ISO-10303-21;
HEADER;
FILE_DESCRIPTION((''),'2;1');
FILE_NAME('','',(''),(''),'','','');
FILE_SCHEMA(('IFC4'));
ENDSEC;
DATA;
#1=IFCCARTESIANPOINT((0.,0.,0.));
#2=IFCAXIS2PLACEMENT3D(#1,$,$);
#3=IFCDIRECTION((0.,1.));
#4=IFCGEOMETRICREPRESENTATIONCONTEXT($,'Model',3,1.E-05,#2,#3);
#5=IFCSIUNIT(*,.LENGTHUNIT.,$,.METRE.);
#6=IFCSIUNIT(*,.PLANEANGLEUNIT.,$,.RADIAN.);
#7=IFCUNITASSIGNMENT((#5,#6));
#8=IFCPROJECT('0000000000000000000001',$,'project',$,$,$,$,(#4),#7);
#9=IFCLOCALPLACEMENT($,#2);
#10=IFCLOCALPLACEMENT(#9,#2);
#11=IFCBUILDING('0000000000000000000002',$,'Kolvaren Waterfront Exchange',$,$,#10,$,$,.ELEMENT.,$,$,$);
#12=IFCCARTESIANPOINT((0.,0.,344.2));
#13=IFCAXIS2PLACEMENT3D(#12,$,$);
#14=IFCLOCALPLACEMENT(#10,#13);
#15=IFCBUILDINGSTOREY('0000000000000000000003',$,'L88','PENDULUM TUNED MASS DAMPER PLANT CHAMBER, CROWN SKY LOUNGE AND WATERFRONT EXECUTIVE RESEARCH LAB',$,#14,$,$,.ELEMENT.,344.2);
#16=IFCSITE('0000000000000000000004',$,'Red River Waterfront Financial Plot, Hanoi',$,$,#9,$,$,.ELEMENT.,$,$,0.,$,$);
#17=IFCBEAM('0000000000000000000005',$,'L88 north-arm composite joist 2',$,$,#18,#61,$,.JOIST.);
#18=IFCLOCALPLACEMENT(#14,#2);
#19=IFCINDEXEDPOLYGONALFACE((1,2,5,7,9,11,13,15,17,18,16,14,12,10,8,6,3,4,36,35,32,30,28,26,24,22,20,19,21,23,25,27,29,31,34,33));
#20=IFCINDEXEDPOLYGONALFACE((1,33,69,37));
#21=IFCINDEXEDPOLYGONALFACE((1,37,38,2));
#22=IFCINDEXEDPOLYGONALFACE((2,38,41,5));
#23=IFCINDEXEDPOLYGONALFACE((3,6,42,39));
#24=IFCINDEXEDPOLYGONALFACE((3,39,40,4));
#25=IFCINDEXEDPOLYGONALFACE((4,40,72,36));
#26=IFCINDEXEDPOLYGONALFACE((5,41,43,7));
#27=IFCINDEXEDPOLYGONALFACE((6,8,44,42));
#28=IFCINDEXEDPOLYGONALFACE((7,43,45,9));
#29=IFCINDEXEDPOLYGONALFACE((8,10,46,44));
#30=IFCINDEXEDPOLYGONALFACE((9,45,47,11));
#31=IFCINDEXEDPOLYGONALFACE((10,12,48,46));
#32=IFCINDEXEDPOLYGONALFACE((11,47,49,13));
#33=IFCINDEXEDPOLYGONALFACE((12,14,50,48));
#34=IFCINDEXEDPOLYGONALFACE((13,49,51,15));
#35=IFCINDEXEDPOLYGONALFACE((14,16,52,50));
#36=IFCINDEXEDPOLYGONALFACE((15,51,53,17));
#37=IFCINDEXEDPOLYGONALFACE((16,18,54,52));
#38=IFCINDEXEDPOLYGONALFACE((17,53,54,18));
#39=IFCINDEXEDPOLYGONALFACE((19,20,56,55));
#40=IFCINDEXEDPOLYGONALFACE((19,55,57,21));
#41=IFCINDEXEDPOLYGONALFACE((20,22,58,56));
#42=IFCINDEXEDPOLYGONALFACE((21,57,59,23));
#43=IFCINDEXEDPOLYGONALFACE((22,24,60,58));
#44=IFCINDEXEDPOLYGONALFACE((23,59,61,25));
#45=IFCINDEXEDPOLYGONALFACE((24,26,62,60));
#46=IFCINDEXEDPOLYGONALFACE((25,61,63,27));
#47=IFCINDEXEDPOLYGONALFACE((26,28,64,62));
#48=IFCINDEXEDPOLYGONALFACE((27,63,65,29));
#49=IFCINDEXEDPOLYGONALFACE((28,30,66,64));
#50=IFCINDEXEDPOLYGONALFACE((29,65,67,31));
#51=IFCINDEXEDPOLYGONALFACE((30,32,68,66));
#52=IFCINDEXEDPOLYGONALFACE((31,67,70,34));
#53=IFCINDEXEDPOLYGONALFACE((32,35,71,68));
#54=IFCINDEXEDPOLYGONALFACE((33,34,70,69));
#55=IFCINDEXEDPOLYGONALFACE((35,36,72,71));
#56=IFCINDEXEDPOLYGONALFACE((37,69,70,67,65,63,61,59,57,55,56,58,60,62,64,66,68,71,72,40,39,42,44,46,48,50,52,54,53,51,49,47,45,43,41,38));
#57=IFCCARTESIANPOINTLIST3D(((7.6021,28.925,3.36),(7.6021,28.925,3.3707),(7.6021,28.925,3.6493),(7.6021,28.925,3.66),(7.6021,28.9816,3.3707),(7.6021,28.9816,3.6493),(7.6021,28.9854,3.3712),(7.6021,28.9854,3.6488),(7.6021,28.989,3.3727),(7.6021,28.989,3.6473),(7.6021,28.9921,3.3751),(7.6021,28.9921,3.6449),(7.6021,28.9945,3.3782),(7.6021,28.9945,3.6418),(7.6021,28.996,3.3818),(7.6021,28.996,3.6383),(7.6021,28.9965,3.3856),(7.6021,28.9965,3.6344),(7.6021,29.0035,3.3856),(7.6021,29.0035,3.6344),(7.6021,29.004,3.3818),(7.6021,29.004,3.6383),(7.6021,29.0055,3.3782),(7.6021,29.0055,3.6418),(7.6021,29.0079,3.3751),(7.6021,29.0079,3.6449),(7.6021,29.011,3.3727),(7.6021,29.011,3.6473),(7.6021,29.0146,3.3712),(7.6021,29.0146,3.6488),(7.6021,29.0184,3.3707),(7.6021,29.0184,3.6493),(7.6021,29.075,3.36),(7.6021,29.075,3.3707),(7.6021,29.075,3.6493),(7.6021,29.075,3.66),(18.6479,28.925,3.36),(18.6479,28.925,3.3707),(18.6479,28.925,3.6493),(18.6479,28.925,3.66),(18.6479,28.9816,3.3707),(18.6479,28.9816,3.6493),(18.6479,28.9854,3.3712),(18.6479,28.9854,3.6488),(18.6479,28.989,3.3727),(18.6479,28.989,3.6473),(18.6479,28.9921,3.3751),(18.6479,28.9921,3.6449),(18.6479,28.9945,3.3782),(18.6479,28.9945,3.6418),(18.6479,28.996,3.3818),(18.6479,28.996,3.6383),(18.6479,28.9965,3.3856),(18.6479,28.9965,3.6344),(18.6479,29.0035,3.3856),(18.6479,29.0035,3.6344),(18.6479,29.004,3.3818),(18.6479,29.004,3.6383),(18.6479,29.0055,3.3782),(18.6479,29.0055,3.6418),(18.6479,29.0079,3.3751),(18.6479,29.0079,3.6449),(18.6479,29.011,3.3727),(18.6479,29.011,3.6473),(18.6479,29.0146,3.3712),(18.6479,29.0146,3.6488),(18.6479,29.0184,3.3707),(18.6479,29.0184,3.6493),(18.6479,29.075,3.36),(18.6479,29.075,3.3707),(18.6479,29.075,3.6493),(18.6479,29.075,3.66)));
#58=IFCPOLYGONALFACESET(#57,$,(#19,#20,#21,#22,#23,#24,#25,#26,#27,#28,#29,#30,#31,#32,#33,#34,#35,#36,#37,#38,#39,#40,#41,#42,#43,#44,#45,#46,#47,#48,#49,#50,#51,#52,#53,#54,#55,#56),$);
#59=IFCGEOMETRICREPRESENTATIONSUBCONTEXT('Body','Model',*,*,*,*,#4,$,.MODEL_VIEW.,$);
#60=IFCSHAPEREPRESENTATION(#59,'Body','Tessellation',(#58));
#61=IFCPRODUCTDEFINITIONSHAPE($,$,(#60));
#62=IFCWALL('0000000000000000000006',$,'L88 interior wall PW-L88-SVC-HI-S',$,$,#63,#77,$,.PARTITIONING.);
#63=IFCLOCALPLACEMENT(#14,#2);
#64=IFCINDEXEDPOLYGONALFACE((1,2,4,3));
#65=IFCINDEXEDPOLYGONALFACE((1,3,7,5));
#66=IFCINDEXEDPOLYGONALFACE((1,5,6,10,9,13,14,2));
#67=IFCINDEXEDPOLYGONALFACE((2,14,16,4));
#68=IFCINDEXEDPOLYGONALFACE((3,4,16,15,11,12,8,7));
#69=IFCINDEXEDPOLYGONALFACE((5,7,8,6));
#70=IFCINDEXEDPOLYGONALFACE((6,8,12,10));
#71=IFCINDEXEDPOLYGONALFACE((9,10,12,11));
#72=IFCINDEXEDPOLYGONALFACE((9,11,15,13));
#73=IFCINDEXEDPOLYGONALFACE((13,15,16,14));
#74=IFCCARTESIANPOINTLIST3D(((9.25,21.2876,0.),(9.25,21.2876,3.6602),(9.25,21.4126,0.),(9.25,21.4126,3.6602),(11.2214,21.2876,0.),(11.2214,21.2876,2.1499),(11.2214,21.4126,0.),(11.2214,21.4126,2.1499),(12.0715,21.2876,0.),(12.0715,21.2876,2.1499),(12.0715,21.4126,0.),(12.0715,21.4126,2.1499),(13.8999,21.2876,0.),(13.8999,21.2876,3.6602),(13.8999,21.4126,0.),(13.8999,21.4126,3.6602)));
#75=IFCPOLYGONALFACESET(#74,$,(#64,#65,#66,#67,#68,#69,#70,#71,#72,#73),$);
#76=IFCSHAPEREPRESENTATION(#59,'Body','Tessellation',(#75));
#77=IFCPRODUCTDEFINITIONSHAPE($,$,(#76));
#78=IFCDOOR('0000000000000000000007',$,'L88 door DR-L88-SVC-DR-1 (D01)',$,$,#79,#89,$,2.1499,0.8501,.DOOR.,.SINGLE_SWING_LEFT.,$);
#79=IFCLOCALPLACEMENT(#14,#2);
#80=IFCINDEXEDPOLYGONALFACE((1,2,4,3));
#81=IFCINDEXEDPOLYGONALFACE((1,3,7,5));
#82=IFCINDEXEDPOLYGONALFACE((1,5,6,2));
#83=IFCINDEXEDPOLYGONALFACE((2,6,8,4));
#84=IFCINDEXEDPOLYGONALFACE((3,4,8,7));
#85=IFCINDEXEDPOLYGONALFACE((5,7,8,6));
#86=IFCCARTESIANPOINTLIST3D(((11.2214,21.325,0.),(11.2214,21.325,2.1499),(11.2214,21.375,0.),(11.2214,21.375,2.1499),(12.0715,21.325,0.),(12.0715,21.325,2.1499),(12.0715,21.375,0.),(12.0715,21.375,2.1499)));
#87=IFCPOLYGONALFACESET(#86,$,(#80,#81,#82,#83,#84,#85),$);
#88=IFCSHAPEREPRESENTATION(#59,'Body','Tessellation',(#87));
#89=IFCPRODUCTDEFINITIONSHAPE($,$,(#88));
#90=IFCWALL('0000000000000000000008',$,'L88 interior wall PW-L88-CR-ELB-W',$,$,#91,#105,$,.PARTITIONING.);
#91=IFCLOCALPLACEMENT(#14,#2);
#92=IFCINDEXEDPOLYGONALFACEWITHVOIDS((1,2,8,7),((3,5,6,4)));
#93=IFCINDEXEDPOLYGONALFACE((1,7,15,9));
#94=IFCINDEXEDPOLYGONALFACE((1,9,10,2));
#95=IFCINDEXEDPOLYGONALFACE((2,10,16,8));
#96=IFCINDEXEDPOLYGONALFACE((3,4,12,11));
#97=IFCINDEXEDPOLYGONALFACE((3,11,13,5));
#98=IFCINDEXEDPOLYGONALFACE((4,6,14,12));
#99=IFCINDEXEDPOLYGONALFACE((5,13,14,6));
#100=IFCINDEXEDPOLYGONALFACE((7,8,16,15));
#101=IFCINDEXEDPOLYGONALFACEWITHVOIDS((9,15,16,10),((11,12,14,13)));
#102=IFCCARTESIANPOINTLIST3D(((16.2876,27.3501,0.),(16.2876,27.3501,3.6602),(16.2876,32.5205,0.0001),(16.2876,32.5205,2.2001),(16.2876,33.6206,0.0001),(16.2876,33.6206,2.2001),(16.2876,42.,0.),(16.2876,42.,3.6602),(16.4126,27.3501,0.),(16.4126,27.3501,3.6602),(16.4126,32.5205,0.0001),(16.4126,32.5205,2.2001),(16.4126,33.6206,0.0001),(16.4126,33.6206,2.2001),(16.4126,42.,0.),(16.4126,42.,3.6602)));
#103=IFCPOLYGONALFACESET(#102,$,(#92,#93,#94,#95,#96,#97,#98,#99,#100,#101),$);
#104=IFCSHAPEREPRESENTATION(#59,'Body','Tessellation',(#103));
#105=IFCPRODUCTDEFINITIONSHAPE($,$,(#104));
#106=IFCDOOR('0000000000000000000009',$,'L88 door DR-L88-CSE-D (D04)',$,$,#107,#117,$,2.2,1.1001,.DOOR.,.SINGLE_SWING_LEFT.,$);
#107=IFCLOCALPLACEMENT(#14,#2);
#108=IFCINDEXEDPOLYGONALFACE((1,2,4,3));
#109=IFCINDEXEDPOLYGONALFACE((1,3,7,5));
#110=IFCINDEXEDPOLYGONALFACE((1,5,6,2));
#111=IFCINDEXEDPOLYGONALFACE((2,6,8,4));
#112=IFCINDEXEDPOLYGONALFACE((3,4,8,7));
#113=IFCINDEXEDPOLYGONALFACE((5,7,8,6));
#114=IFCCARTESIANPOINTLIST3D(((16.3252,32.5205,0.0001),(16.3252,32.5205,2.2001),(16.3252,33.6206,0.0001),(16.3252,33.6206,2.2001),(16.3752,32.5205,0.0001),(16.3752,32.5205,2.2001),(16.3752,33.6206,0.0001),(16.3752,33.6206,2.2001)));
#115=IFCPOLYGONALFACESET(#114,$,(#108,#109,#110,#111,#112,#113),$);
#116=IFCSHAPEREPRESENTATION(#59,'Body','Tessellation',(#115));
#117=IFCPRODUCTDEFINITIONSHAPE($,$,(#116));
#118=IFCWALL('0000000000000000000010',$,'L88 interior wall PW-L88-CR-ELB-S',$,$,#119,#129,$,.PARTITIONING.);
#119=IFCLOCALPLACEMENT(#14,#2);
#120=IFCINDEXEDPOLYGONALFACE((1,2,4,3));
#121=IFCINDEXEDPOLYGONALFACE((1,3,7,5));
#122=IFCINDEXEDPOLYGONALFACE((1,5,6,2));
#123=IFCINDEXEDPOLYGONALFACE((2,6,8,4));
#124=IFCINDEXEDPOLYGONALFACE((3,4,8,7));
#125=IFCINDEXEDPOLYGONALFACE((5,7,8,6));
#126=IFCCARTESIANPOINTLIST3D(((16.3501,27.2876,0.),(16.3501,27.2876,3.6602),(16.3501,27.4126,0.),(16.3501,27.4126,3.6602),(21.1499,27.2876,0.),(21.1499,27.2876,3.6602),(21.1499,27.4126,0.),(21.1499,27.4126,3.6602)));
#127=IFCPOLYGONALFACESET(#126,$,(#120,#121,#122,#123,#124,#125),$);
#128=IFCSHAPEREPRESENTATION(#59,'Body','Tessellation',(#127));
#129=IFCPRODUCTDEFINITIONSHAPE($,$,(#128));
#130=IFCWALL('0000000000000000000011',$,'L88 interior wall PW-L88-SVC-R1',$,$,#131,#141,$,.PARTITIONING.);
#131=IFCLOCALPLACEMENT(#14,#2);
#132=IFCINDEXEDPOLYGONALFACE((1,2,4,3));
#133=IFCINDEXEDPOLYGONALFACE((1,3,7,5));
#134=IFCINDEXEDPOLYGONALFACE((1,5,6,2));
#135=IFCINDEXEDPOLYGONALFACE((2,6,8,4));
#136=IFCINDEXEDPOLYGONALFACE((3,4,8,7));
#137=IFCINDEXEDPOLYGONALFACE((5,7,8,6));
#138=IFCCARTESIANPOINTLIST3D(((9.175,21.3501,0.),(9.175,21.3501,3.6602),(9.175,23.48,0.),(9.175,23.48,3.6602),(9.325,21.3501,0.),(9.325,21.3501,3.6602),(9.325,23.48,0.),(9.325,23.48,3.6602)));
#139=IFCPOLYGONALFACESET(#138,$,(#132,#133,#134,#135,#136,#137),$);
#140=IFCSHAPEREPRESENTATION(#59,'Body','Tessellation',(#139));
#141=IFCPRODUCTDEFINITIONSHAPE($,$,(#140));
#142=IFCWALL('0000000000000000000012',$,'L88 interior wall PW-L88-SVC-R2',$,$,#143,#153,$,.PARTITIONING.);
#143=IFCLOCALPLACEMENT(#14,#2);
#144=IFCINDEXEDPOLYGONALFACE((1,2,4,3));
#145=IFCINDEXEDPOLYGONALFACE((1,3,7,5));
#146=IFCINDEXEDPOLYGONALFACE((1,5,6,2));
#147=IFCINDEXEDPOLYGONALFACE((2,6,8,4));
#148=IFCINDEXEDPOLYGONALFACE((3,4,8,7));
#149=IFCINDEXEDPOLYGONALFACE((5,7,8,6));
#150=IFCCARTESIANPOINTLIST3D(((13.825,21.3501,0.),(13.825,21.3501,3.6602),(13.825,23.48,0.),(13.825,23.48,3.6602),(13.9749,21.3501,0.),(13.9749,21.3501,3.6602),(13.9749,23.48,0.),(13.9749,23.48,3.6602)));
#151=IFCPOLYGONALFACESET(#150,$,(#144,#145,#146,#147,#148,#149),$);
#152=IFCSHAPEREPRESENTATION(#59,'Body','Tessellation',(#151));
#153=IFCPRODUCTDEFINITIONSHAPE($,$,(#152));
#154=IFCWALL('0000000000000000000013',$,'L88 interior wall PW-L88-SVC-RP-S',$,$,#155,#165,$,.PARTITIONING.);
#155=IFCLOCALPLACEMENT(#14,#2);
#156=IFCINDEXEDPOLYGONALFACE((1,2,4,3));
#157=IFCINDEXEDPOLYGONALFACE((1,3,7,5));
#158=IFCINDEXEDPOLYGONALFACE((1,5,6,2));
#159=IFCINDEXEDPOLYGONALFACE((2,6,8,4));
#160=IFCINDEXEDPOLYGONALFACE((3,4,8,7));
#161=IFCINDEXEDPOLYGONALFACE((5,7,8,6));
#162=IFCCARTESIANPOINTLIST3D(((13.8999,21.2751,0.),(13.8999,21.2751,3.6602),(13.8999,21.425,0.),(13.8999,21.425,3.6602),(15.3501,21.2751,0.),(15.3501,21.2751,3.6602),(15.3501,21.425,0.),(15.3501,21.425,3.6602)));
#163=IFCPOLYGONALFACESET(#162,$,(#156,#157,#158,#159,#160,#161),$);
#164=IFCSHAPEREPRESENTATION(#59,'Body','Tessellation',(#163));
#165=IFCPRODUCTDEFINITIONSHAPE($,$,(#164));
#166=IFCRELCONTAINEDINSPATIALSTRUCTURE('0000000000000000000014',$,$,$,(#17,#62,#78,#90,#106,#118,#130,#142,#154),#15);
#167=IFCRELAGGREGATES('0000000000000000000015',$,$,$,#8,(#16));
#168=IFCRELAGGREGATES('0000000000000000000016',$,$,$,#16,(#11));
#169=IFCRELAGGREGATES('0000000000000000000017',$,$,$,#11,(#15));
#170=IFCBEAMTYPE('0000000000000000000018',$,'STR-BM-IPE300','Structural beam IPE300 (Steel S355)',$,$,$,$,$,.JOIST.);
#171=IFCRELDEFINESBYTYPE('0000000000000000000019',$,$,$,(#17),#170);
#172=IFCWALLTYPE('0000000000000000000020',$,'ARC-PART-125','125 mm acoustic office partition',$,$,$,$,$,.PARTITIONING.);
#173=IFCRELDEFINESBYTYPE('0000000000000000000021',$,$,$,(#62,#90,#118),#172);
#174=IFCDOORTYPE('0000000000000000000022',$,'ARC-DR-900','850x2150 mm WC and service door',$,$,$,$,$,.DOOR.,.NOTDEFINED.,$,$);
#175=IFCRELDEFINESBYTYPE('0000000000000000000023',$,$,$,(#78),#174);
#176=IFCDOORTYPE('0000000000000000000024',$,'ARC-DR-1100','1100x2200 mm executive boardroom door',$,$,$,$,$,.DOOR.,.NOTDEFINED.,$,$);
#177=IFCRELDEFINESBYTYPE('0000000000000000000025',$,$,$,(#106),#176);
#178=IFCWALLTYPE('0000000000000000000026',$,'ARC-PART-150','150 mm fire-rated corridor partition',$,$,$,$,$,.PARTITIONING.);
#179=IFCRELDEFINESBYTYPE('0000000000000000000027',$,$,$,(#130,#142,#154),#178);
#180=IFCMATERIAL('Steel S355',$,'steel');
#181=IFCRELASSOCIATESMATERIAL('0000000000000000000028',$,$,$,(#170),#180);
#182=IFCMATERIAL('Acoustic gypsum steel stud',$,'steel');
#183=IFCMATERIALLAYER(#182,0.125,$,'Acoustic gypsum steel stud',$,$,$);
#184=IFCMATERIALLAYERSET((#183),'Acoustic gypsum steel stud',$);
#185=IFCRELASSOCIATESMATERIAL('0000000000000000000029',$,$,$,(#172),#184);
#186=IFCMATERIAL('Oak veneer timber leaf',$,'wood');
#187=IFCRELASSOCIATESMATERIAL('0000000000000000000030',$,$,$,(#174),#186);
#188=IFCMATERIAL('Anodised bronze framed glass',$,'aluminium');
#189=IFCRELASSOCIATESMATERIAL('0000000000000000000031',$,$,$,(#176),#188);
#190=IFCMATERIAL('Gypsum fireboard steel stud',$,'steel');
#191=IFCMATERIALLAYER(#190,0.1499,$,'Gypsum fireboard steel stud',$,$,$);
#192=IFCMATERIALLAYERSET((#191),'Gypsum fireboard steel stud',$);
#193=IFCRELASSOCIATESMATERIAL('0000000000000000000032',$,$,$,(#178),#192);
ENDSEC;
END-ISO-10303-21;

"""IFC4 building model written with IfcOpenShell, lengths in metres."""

from ifc_helpers import new_model, si_unit, direction, frame, frame_2d, origin, origin_2d, place, context, subcontext, project, spatial, rectangle, i_section, extrude, material, layer, layer_set, material_profile, profile_set, type_object, element, fill, save


model = new_model("IFC4")

# Units and contexts
model_context = context("Model", 3, precision=1e-05, world=origin(), true_north=direction((0.0, 1.0)))
body_context = subcontext(model_context, "Body", "Model", "MODEL_VIEW")
ifc_project = project(units=[si_unit("LENGTHUNIT", "METRE"), si_unit("PLANEANGLEUNIT", "RADIAN")], contexts=[model_context])

# Site, building, storey
site_placement = place(None, origin())
site = spatial("IfcSite", under=ifc_project, at=site_placement, Name="Red River Waterfront Financial Plot, Hanoi", CompositionType="ELEMENT", RefElevation=0.0)
building_placement = place(site_placement, origin())
building = spatial("IfcBuilding", under=site, at=building_placement, Name="Kolvaren Waterfront Exchange", CompositionType="ELEMENT")
storey_placement = place(building_placement, frame((0.0, 0.0, 344.2)))
storey = spatial("IfcBuildingStorey", under=building, at=storey_placement, Name="L88", Description="PENDULUM TUNED MASS DAMPER PLANT CHAMBER, CROWN SKY LOUNGE AND WATERFRONT EXECUTIVE RESEARCH LAB", CompositionType="ELEMENT", Elevation=344.2)

# Beam
ifc_material_1 = material(Name="Steel S355", Category="steel")
ifc_material_profile_1 = material_profile(ifc_material_1, i_section(OverallWidth=0.1499, OverallDepth=0.3, WebThickness=0.0071, FlangeThickness=0.0107, FilletRadius=0.0149, at=origin_2d()), Name="IPE300")
ifc_profile_set_1 = profile_set([ifc_material_profile_1], Name="Steel S355")
beam_type_1 = type_object("IfcBeamType", Name="STR-BM-IPE300", Description="Structural beam IPE300 (Steel S355)", PredefinedType="JOIST", material=ifc_profile_set_1)
for number, where, z_axis, x_axis, name in (
    (1, (7.6021, 29.0, 3.51), (1.0, 0.0, 0.0), (0.0, 1.0, 0.0), "L88 north-arm composite joist 2"),
):
    element("IfcBeam", number, at=place(storey_placement, frame(where, z_axis=z_axis, x_axis=x_axis)), inside=storey, type_object=beam_type_1, Name=name, PredefinedType="JOIST", context=body_context, shape_type="SweptSolid", body=[
        extrude(i_section(OverallWidth=0.1499, OverallDepth=0.3, WebThickness=0.0071, FlangeThickness=0.0107, FilletRadius=0.0149, at=origin_2d()), origin(), (0.0, 0.0, 1.0), 11.0459),
    ])

# Walls, openings, doors
ifc_material_2 = material(Name="Acoustic gypsum steel stud", Category="steel")
ifc_layer_1 = layer(ifc_material_2, 0.125, Name="Acoustic gypsum steel stud")
ifc_layer_set_1 = layer_set([ifc_layer_1], Name="Acoustic gypsum steel stud")
wall_type_1 = type_object("IfcWallType", Name="ARC-PART-125", Description="125 mm acoustic office partition", PredefinedType="PARTITIONING", material=ifc_layer_set_1)
wall_1_placement = place(storey_placement, frame((9.25, 21.3501, 0.0), z_axis=(0.0, 0.0, 1.0), x_axis=(1.0, 0.0, 0.0)))
wall_1 = element("IfcWall", 2, at=wall_1_placement, inside=storey, type_object=wall_type_1, Name="L88 interior wall PW-L88-SVC-HI-S", PredefinedType="PARTITIONING", context=body_context, shape_type="SweptSolid", body=[
    extrude(rectangle(XDim=4.6499, YDim=0.125, at=frame_2d((2.325, 0.0))), origin(), (0.0, 0.0, 1.0), 3.6602),
])
opening_1_placement = place(wall_1_placement, frame((1.9714, 0.0, 0.0)))
opening_1 = element("IfcOpeningElement", 3, at=opening_1_placement, cuts=wall_1, PredefinedType="OPENING", context=body_context, shape_type="SweptSolid", body=[
    extrude(rectangle(XDim=0.8501, YDim=2.1499, at=frame_2d((0.425, 1.075))), frame((0.0, 0.0725, 0.0), z_axis=(0.0, -1.0, 0.0), x_axis=(1.0, 0.0, 0.0)), (0.0, 0.0, 1.0), 0.145),
])
ifc_material_3 = material(Name="Oak veneer timber leaf", Category="wood")
door_type_1 = type_object("IfcDoorType", Name="ARC-DR-900", Description="850x2150 mm WC and service door", OperationType="NOTDEFINED", PredefinedType="DOOR", material=ifc_material_3)
door_1_placement = place(opening_1_placement, origin())
door_1 = element("IfcDoor", 4, at=door_1_placement, inside=storey, type_object=door_type_1, Name="L88 door DR-L88-SVC-DR-1 (D01)", OperationType="SINGLE_SWING_LEFT", OverallHeight=2.1499, OverallWidth=0.8501, PredefinedType="DOOR", context=body_context, shape_type="SweptSolid", body=[
    extrude(rectangle(XDim=0.8501, YDim=2.1499, at=frame_2d((0.425, 1.075))), frame((0.0, 0.0249, 0.0), z_axis=(0.0, -1.0, 0.0), x_axis=(1.0, 0.0, 0.0)), (0.0, 0.0, 1.0), 0.05),
])
fill(opening_1, door_1)
wall_2_placement = place(storey_placement, frame((16.3501, 27.3501, 0.0), z_axis=(0.0, 0.0, 1.0), x_axis=(0.0, 1.0, 0.0)))
wall_2 = element("IfcWall", 5, at=wall_2_placement, inside=storey, type_object=wall_type_1, Name="L88 interior wall PW-L88-CR-ELB-W", PredefinedType="PARTITIONING", context=body_context, shape_type="SweptSolid", body=[
    extrude(rectangle(XDim=14.6499, YDim=0.125, at=frame_2d((7.325, 0.0))), origin(), (0.0, 0.0, 1.0), 3.6602),
])
opening_2_placement = place(wall_2_placement, frame((5.1704, 0.0, 0.0)))
opening_2 = element("IfcOpeningElement", 6, at=opening_2_placement, cuts=wall_2, PredefinedType="OPENING", context=body_context, shape_type="SweptSolid", body=[
    extrude(rectangle(XDim=1.1001, YDim=2.2, at=frame_2d((0.55, 1.1001))), frame((0.0, 0.0725, 0.0), z_axis=(0.0, -1.0, 0.0), x_axis=(1.0, 0.0, 0.0)), (0.0, 0.0, 1.0), 0.145),
])
ifc_material_4 = material(Name="Anodised bronze framed glass", Category="aluminium")
door_type_2 = type_object("IfcDoorType", Name="ARC-DR-1100", Description="1100x2200 mm executive boardroom door", OperationType="NOTDEFINED", PredefinedType="DOOR", material=ifc_material_4)
door_2_placement = place(opening_2_placement, origin())
door_2 = element("IfcDoor", 7, at=door_2_placement, inside=storey, type_object=door_type_2, Name="L88 door DR-L88-CSE-D (D04)", OperationType="SINGLE_SWING_LEFT", OverallHeight=2.2, OverallWidth=1.1001, PredefinedType="DOOR", context=body_context, shape_type="SweptSolid", body=[
    extrude(rectangle(XDim=1.1001, YDim=2.2, at=frame_2d((0.55, 1.1001))), frame((0.0, 0.0249, 0.0), z_axis=(0.0, -1.0, 0.0), x_axis=(1.0, 0.0, 0.0)), (0.0, 0.0, 1.0), 0.05),
])
fill(opening_2, door_2)

# Walls
wall_3_placement = place(storey_placement, frame((16.3501, 27.3501, 0.0), z_axis=(0.0, 0.0, 1.0), x_axis=(1.0, 0.0, 0.0)))
element("IfcWall", 8, at=wall_3_placement, inside=storey, type_object=wall_type_1, Name="L88 interior wall PW-L88-CR-ELB-S", PredefinedType="PARTITIONING", context=body_context, shape_type="SweptSolid", body=[
    extrude(rectangle(XDim=4.7998, YDim=0.125, at=frame_2d((2.3999, 0.0))), origin(), (0.0, 0.0, 1.0), 3.6602),
])
ifc_material_5 = material(Name="Gypsum fireboard steel stud", Category="steel")
ifc_layer_2 = layer(ifc_material_5, 0.1499, Name="Gypsum fireboard steel stud")
ifc_layer_set_2 = layer_set([ifc_layer_2], Name="Gypsum fireboard steel stud")
wall_type_2 = type_object("IfcWallType", Name="ARC-PART-150", Description="150 mm fire-rated corridor partition", PredefinedType="PARTITIONING", material=ifc_layer_set_2)
for number, where, z_axis, x_axis, name in (
    (9, (9.25, 21.3501, 0.0), (0.0, 0.0, 1.0), (0.0, 1.0, 0.0), "L88 interior wall PW-L88-SVC-R1"),
    (10, (13.8999, 21.3501, 0.0), (0.0, 0.0, 1.0), (0.0, 1.0, 0.0), "L88 interior wall PW-L88-SVC-R2"),
):
    element("IfcWall", number, at=place(storey_placement, frame(where, z_axis=z_axis, x_axis=x_axis)), inside=storey, type_object=wall_type_2, Name=name, PredefinedType="PARTITIONING", context=body_context, shape_type="SweptSolid", body=[
        extrude(rectangle(XDim=2.1299, YDim=0.1499, at=frame_2d((1.0649, 0.0))), origin(), (0.0, 0.0, 1.0), 3.6602),
    ])

# Wall
wall_4_placement = place(storey_placement, frame((13.8999, 21.3501, 0.0), z_axis=(0.0, 0.0, 1.0), x_axis=(1.0, 0.0, 0.0)))
element("IfcWall", 11, at=wall_4_placement, inside=storey, type_object=wall_type_2, Name="L88 interior wall PW-L88-SVC-RP-S", PredefinedType="PARTITIONING", context=body_context, shape_type="SweptSolid", body=[
    extrude(rectangle(XDim=1.4502, YDim=0.1499, at=frame_2d((0.7251, 0.0))), origin(), (0.0, 0.0, 1.0), 3.6602),
])

save(model, "model.ifc")
